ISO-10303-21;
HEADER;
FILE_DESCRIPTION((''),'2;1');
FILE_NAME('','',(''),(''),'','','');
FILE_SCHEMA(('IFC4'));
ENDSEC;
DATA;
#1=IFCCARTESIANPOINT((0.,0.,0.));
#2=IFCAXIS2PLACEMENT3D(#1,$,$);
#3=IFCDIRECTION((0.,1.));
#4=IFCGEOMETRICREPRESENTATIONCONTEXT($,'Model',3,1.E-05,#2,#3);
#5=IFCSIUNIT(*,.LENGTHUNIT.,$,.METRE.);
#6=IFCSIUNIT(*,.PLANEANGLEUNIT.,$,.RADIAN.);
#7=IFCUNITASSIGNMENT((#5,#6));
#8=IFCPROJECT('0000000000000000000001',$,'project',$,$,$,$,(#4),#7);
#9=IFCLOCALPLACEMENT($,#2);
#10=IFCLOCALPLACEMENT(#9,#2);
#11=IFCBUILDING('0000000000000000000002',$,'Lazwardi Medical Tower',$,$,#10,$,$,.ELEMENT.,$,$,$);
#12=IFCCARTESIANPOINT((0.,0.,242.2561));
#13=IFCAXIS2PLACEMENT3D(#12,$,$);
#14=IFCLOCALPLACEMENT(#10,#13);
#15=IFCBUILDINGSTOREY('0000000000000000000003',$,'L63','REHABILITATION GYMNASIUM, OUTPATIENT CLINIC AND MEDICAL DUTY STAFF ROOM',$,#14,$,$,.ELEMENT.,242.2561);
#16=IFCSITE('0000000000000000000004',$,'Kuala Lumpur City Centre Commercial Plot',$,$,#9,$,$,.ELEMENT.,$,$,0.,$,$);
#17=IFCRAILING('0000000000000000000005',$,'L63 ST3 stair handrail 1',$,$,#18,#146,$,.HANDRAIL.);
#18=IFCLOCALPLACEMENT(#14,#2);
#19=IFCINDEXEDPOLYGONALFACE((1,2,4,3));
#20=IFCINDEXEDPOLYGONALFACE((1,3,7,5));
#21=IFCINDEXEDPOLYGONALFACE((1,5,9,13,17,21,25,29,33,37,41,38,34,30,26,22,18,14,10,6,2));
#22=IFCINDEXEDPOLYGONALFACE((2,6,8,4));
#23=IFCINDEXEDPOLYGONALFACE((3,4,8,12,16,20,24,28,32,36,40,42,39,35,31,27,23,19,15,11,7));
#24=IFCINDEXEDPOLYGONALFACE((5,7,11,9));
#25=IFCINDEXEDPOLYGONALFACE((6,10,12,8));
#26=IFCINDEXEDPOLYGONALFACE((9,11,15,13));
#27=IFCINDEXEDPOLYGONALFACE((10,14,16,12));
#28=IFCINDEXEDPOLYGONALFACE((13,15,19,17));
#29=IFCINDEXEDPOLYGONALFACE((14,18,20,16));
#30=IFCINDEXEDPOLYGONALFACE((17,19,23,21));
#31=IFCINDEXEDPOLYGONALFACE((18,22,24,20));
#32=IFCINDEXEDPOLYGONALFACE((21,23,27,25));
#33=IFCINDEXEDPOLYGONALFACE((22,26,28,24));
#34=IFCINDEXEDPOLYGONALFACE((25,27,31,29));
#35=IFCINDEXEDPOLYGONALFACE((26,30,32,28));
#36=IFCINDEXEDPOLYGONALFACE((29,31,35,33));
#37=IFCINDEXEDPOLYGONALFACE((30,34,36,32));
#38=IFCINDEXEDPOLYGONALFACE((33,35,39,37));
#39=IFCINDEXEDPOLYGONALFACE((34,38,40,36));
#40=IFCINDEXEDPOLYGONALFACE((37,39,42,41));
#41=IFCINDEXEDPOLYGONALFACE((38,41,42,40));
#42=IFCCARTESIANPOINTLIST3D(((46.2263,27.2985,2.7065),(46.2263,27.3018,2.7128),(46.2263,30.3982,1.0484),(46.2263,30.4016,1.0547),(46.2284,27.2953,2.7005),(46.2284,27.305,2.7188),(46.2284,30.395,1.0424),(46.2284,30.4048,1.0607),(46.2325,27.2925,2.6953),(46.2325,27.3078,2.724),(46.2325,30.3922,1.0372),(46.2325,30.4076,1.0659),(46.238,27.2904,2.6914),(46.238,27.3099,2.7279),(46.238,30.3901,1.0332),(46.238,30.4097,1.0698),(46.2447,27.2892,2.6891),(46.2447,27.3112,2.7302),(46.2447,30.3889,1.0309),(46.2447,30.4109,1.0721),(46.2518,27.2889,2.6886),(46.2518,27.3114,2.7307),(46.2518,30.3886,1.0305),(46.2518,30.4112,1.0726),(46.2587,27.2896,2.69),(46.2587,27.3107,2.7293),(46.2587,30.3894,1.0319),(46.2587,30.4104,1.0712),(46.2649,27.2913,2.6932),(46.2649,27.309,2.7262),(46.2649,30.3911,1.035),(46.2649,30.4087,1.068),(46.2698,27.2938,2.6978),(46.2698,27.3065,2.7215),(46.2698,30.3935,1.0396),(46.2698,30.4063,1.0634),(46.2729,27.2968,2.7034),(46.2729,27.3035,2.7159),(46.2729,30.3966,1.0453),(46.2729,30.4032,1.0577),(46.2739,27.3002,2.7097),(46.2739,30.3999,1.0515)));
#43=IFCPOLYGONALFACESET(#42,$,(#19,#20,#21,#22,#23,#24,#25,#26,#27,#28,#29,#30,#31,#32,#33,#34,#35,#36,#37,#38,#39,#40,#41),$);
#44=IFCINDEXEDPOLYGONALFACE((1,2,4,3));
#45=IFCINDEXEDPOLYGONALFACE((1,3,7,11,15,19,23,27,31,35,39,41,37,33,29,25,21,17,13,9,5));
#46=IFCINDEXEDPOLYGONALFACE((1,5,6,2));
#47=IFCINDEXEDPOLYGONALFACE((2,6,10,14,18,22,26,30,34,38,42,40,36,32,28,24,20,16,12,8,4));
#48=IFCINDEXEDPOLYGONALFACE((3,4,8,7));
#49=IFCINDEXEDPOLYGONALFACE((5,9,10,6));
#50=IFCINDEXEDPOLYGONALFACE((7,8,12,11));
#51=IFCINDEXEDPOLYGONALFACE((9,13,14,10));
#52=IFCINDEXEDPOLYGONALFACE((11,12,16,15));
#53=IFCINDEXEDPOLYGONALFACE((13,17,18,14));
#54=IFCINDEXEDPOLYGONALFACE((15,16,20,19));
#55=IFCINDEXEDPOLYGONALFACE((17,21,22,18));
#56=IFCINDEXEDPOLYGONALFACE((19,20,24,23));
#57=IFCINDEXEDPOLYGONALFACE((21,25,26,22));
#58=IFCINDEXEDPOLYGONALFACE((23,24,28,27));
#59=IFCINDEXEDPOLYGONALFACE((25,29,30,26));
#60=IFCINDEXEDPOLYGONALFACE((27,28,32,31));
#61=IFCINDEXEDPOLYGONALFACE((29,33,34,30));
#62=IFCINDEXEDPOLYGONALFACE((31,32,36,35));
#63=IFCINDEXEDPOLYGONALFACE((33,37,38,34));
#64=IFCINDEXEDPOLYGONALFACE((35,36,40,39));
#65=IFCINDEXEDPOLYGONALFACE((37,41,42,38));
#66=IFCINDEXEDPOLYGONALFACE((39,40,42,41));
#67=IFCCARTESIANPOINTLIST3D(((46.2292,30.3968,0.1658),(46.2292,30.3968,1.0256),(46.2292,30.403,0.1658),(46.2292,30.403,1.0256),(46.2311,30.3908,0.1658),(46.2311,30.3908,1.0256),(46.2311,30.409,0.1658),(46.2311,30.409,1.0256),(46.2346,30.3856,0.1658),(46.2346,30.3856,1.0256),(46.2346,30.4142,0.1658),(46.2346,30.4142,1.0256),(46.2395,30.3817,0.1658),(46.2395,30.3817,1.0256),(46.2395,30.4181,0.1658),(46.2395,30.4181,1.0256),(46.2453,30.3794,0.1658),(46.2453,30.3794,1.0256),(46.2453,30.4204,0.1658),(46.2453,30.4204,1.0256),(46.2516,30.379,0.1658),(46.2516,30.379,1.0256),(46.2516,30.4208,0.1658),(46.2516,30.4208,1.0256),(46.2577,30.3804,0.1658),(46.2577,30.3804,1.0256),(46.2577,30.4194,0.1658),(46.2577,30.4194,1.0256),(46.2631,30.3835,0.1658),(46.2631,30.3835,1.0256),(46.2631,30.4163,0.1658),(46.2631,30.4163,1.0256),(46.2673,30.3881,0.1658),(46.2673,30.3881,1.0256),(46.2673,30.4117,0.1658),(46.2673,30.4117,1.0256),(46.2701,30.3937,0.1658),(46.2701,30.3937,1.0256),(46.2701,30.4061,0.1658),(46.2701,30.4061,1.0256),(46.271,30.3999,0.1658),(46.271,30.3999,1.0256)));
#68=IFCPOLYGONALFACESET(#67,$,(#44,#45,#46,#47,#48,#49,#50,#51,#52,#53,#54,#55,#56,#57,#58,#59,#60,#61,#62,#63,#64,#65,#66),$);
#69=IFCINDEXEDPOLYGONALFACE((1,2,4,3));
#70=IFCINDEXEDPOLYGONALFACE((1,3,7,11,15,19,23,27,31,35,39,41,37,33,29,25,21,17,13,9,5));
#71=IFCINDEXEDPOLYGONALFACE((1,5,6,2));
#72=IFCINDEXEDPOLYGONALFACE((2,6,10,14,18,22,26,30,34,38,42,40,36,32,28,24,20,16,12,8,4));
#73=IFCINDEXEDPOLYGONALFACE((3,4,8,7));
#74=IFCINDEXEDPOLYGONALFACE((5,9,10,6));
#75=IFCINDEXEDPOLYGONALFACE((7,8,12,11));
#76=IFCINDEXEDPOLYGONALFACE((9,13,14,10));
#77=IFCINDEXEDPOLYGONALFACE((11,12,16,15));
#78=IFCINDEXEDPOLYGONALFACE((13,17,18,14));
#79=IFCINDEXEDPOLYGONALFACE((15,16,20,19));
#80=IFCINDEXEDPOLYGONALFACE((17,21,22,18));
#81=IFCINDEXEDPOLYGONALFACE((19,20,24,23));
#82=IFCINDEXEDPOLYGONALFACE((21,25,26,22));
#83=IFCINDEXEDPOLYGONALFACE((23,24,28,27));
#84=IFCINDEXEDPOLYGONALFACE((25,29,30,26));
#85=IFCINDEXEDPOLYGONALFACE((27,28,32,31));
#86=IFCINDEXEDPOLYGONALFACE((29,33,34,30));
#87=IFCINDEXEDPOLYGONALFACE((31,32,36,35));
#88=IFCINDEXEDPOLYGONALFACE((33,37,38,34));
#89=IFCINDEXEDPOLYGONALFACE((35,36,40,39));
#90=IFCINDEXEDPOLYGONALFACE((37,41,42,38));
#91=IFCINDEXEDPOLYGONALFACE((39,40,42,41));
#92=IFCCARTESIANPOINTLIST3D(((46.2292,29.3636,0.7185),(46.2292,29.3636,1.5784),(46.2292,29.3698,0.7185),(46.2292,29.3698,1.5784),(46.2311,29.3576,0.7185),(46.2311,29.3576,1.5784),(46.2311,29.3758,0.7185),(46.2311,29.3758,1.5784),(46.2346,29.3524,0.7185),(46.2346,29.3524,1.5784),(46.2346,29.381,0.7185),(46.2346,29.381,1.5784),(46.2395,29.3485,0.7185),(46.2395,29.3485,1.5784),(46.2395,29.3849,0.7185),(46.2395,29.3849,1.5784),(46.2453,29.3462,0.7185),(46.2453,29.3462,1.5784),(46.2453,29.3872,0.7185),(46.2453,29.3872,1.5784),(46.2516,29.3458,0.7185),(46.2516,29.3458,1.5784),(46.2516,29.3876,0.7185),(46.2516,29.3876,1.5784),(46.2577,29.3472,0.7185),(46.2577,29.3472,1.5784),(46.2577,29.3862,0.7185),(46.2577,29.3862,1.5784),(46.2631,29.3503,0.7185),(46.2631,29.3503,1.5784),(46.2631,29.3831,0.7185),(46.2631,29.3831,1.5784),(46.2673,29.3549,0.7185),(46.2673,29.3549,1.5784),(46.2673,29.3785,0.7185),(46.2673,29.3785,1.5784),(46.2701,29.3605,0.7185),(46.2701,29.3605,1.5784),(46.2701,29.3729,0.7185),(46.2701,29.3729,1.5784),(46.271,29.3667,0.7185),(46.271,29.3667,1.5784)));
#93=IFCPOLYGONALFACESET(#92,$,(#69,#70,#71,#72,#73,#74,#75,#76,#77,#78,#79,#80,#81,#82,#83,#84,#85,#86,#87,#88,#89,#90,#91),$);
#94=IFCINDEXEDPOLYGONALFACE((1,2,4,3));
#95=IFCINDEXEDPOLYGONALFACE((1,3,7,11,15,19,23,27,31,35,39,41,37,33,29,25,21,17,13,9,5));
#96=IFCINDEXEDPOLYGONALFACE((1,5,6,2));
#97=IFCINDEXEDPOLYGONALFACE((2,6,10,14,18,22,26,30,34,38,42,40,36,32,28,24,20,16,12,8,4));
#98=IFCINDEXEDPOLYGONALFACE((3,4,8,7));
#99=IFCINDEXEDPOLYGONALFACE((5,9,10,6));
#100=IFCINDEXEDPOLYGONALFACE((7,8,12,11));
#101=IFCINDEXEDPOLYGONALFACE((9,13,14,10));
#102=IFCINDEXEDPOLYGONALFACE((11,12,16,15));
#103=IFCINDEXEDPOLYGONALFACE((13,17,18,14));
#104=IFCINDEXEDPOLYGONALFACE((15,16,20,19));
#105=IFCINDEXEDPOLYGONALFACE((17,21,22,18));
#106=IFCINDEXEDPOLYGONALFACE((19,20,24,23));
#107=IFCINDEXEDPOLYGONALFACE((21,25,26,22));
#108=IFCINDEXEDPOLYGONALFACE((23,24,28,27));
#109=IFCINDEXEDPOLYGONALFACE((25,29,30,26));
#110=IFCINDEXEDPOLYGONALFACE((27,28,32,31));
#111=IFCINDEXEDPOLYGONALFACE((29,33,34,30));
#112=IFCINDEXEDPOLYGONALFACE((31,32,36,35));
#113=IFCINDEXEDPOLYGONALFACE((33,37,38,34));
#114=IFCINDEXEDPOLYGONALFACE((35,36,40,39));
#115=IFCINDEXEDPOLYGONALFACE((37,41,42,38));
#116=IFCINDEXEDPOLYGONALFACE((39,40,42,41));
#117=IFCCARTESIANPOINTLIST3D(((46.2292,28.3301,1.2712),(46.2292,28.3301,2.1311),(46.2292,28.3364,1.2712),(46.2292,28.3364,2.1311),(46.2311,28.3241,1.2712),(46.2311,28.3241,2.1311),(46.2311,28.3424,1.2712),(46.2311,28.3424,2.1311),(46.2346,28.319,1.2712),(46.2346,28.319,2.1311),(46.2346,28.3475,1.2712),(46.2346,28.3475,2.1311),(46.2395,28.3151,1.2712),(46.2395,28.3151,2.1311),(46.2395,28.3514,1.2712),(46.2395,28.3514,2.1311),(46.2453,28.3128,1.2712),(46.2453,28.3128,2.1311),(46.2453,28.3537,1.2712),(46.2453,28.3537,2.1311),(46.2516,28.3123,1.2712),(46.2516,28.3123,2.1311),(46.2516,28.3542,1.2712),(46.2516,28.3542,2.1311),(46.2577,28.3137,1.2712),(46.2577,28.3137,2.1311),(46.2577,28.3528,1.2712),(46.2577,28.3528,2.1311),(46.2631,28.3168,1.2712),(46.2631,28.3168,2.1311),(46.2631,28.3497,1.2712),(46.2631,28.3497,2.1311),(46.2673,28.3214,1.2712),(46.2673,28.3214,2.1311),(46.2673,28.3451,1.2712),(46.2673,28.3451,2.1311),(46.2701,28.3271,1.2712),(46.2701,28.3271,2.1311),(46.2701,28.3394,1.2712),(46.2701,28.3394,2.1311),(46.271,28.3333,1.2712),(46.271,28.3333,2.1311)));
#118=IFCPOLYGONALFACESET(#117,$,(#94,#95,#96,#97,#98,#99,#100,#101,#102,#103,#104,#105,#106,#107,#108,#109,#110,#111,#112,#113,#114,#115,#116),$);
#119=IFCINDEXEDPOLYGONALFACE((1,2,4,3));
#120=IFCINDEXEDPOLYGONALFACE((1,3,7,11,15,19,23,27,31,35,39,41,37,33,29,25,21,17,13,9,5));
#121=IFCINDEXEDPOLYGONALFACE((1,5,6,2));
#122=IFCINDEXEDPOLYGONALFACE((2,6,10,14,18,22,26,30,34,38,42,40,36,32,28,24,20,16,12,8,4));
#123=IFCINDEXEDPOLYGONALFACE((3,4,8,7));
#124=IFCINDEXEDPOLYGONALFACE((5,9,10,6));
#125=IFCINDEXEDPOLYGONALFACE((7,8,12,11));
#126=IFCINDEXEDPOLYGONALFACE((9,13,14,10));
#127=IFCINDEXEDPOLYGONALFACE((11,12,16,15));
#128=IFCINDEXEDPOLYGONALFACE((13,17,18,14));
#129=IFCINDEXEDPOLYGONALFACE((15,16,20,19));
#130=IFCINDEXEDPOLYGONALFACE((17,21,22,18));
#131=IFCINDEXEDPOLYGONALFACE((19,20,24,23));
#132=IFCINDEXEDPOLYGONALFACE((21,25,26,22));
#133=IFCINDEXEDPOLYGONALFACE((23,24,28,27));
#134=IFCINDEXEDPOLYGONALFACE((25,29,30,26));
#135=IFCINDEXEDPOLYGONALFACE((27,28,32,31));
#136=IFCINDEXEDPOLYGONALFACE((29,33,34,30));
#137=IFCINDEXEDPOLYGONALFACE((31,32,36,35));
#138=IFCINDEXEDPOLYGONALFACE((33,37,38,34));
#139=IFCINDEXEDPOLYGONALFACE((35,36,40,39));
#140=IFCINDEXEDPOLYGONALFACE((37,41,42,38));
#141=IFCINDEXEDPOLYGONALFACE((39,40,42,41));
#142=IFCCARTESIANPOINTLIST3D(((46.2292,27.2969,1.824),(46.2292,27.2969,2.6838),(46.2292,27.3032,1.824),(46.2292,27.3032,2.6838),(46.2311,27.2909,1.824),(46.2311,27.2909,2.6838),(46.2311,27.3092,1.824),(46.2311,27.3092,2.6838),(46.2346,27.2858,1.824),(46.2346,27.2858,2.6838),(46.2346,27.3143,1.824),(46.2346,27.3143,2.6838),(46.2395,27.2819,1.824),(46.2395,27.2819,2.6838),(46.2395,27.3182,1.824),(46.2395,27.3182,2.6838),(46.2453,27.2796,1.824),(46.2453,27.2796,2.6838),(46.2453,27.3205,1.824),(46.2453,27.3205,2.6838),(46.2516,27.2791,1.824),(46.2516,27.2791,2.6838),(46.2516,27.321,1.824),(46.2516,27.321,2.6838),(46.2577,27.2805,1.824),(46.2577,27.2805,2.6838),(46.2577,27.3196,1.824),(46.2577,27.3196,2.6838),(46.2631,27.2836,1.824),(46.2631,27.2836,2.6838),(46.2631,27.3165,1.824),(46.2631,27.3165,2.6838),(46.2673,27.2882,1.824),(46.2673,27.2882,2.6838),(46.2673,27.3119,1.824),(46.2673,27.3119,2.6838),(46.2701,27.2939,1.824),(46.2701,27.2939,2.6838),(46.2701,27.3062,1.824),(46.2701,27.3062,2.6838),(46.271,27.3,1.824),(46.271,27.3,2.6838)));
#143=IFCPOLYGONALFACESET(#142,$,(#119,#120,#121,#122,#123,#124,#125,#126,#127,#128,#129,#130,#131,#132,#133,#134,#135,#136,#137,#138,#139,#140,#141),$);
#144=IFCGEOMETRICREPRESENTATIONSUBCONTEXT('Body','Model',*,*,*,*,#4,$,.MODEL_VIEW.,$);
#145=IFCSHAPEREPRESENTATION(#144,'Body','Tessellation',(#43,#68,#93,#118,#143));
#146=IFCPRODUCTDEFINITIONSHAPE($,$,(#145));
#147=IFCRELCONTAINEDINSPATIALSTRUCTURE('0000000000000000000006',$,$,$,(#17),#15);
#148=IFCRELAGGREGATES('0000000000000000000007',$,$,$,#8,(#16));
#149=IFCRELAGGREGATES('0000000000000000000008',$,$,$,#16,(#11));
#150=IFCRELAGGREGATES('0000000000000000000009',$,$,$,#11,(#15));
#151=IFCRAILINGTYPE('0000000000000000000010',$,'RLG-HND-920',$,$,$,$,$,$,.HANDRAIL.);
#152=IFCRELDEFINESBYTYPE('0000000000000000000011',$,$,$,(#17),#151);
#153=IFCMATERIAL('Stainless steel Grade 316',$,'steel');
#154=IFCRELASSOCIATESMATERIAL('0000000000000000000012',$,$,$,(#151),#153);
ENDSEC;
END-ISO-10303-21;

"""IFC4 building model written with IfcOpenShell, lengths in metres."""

from ifc_helpers import new_model, si_unit, direction, frame, origin, origin_2d, place, context, subcontext, project, spatial, circle, extrude, material, type_object, element, save


model = new_model("IFC4")

# Units and contexts
model_context = context("Model", 3, precision=1e-05, world=origin(), true_north=direction((0.0, 1.0)))
body_context = subcontext(model_context, "Body", "Model", "MODEL_VIEW")
ifc_project = project(units=[si_unit("LENGTHUNIT", "METRE"), si_unit("PLANEANGLEUNIT", "RADIAN")], contexts=[model_context])

# Site, building, storey
site_placement = place(None, origin())
site = spatial("IfcSite", under=ifc_project, at=site_placement, Name="Kuala Lumpur City Centre Commercial Plot", CompositionType="ELEMENT", RefElevation=0.0)
building_placement = place(site_placement, origin())
building = spatial("IfcBuilding", under=site, at=building_placement, Name="Lazwardi Medical Tower", CompositionType="ELEMENT")
storey_placement = place(building_placement, frame((0.0, 0.0, 242.2561)))
storey = spatial("IfcBuildingStorey", under=building, at=storey_placement, Name="L63", Description="REHABILITATION GYMNASIUM, OUTPATIENT CLINIC AND MEDICAL DUTY STAFF ROOM", CompositionType="ELEMENT", Elevation=242.2561)

# Railing
ifc_material_1 = material(Name="Stainless steel Grade 316", Category="steel")
railing_type = type_object("IfcRailingType", Name="RLG-HND-920", PredefinedType="HANDRAIL", material=ifc_material_1)
railing_placement = place(storey_placement, frame((46.25, 30.3999, 0.1658)))
element("IfcRailing", 1, at=railing_placement, inside=storey, type_object=railing_type, Name="L63 ST3 stair handrail 1", PredefinedType="HANDRAIL", context=body_context, shape_type="SweptSolid", body=[
    extrude(circle(Radius=0.0239, at=origin_2d()), frame((0.0, 0.0, 0.8857), z_axis=(0.0, -0.881768, 0.471684), x_axis=(1.0, 0.0, 0.0)), (0.0, 0.0, 1.0), 3.5154),
    extrude(circle(Radius=0.021, at=origin_2d()), origin(), (0.0, 0.0, 1.0), 0.8599),
    extrude(circle(Radius=0.021, at=origin_2d()), frame((0.0, -1.0332, 0.5527)), (0.0, 0.0, 1.0), 0.8599),
    extrude(circle(Radius=0.021, at=origin_2d()), frame((0.0, -2.0667, 1.1055)), (0.0, 0.0, 1.0), 0.8599),
    extrude(circle(Radius=0.021, at=origin_2d()), frame((0.0, -3.0999, 1.6582)), (0.0, 0.0, 1.0), 0.8599),
])

save(model, "model.ifc")
